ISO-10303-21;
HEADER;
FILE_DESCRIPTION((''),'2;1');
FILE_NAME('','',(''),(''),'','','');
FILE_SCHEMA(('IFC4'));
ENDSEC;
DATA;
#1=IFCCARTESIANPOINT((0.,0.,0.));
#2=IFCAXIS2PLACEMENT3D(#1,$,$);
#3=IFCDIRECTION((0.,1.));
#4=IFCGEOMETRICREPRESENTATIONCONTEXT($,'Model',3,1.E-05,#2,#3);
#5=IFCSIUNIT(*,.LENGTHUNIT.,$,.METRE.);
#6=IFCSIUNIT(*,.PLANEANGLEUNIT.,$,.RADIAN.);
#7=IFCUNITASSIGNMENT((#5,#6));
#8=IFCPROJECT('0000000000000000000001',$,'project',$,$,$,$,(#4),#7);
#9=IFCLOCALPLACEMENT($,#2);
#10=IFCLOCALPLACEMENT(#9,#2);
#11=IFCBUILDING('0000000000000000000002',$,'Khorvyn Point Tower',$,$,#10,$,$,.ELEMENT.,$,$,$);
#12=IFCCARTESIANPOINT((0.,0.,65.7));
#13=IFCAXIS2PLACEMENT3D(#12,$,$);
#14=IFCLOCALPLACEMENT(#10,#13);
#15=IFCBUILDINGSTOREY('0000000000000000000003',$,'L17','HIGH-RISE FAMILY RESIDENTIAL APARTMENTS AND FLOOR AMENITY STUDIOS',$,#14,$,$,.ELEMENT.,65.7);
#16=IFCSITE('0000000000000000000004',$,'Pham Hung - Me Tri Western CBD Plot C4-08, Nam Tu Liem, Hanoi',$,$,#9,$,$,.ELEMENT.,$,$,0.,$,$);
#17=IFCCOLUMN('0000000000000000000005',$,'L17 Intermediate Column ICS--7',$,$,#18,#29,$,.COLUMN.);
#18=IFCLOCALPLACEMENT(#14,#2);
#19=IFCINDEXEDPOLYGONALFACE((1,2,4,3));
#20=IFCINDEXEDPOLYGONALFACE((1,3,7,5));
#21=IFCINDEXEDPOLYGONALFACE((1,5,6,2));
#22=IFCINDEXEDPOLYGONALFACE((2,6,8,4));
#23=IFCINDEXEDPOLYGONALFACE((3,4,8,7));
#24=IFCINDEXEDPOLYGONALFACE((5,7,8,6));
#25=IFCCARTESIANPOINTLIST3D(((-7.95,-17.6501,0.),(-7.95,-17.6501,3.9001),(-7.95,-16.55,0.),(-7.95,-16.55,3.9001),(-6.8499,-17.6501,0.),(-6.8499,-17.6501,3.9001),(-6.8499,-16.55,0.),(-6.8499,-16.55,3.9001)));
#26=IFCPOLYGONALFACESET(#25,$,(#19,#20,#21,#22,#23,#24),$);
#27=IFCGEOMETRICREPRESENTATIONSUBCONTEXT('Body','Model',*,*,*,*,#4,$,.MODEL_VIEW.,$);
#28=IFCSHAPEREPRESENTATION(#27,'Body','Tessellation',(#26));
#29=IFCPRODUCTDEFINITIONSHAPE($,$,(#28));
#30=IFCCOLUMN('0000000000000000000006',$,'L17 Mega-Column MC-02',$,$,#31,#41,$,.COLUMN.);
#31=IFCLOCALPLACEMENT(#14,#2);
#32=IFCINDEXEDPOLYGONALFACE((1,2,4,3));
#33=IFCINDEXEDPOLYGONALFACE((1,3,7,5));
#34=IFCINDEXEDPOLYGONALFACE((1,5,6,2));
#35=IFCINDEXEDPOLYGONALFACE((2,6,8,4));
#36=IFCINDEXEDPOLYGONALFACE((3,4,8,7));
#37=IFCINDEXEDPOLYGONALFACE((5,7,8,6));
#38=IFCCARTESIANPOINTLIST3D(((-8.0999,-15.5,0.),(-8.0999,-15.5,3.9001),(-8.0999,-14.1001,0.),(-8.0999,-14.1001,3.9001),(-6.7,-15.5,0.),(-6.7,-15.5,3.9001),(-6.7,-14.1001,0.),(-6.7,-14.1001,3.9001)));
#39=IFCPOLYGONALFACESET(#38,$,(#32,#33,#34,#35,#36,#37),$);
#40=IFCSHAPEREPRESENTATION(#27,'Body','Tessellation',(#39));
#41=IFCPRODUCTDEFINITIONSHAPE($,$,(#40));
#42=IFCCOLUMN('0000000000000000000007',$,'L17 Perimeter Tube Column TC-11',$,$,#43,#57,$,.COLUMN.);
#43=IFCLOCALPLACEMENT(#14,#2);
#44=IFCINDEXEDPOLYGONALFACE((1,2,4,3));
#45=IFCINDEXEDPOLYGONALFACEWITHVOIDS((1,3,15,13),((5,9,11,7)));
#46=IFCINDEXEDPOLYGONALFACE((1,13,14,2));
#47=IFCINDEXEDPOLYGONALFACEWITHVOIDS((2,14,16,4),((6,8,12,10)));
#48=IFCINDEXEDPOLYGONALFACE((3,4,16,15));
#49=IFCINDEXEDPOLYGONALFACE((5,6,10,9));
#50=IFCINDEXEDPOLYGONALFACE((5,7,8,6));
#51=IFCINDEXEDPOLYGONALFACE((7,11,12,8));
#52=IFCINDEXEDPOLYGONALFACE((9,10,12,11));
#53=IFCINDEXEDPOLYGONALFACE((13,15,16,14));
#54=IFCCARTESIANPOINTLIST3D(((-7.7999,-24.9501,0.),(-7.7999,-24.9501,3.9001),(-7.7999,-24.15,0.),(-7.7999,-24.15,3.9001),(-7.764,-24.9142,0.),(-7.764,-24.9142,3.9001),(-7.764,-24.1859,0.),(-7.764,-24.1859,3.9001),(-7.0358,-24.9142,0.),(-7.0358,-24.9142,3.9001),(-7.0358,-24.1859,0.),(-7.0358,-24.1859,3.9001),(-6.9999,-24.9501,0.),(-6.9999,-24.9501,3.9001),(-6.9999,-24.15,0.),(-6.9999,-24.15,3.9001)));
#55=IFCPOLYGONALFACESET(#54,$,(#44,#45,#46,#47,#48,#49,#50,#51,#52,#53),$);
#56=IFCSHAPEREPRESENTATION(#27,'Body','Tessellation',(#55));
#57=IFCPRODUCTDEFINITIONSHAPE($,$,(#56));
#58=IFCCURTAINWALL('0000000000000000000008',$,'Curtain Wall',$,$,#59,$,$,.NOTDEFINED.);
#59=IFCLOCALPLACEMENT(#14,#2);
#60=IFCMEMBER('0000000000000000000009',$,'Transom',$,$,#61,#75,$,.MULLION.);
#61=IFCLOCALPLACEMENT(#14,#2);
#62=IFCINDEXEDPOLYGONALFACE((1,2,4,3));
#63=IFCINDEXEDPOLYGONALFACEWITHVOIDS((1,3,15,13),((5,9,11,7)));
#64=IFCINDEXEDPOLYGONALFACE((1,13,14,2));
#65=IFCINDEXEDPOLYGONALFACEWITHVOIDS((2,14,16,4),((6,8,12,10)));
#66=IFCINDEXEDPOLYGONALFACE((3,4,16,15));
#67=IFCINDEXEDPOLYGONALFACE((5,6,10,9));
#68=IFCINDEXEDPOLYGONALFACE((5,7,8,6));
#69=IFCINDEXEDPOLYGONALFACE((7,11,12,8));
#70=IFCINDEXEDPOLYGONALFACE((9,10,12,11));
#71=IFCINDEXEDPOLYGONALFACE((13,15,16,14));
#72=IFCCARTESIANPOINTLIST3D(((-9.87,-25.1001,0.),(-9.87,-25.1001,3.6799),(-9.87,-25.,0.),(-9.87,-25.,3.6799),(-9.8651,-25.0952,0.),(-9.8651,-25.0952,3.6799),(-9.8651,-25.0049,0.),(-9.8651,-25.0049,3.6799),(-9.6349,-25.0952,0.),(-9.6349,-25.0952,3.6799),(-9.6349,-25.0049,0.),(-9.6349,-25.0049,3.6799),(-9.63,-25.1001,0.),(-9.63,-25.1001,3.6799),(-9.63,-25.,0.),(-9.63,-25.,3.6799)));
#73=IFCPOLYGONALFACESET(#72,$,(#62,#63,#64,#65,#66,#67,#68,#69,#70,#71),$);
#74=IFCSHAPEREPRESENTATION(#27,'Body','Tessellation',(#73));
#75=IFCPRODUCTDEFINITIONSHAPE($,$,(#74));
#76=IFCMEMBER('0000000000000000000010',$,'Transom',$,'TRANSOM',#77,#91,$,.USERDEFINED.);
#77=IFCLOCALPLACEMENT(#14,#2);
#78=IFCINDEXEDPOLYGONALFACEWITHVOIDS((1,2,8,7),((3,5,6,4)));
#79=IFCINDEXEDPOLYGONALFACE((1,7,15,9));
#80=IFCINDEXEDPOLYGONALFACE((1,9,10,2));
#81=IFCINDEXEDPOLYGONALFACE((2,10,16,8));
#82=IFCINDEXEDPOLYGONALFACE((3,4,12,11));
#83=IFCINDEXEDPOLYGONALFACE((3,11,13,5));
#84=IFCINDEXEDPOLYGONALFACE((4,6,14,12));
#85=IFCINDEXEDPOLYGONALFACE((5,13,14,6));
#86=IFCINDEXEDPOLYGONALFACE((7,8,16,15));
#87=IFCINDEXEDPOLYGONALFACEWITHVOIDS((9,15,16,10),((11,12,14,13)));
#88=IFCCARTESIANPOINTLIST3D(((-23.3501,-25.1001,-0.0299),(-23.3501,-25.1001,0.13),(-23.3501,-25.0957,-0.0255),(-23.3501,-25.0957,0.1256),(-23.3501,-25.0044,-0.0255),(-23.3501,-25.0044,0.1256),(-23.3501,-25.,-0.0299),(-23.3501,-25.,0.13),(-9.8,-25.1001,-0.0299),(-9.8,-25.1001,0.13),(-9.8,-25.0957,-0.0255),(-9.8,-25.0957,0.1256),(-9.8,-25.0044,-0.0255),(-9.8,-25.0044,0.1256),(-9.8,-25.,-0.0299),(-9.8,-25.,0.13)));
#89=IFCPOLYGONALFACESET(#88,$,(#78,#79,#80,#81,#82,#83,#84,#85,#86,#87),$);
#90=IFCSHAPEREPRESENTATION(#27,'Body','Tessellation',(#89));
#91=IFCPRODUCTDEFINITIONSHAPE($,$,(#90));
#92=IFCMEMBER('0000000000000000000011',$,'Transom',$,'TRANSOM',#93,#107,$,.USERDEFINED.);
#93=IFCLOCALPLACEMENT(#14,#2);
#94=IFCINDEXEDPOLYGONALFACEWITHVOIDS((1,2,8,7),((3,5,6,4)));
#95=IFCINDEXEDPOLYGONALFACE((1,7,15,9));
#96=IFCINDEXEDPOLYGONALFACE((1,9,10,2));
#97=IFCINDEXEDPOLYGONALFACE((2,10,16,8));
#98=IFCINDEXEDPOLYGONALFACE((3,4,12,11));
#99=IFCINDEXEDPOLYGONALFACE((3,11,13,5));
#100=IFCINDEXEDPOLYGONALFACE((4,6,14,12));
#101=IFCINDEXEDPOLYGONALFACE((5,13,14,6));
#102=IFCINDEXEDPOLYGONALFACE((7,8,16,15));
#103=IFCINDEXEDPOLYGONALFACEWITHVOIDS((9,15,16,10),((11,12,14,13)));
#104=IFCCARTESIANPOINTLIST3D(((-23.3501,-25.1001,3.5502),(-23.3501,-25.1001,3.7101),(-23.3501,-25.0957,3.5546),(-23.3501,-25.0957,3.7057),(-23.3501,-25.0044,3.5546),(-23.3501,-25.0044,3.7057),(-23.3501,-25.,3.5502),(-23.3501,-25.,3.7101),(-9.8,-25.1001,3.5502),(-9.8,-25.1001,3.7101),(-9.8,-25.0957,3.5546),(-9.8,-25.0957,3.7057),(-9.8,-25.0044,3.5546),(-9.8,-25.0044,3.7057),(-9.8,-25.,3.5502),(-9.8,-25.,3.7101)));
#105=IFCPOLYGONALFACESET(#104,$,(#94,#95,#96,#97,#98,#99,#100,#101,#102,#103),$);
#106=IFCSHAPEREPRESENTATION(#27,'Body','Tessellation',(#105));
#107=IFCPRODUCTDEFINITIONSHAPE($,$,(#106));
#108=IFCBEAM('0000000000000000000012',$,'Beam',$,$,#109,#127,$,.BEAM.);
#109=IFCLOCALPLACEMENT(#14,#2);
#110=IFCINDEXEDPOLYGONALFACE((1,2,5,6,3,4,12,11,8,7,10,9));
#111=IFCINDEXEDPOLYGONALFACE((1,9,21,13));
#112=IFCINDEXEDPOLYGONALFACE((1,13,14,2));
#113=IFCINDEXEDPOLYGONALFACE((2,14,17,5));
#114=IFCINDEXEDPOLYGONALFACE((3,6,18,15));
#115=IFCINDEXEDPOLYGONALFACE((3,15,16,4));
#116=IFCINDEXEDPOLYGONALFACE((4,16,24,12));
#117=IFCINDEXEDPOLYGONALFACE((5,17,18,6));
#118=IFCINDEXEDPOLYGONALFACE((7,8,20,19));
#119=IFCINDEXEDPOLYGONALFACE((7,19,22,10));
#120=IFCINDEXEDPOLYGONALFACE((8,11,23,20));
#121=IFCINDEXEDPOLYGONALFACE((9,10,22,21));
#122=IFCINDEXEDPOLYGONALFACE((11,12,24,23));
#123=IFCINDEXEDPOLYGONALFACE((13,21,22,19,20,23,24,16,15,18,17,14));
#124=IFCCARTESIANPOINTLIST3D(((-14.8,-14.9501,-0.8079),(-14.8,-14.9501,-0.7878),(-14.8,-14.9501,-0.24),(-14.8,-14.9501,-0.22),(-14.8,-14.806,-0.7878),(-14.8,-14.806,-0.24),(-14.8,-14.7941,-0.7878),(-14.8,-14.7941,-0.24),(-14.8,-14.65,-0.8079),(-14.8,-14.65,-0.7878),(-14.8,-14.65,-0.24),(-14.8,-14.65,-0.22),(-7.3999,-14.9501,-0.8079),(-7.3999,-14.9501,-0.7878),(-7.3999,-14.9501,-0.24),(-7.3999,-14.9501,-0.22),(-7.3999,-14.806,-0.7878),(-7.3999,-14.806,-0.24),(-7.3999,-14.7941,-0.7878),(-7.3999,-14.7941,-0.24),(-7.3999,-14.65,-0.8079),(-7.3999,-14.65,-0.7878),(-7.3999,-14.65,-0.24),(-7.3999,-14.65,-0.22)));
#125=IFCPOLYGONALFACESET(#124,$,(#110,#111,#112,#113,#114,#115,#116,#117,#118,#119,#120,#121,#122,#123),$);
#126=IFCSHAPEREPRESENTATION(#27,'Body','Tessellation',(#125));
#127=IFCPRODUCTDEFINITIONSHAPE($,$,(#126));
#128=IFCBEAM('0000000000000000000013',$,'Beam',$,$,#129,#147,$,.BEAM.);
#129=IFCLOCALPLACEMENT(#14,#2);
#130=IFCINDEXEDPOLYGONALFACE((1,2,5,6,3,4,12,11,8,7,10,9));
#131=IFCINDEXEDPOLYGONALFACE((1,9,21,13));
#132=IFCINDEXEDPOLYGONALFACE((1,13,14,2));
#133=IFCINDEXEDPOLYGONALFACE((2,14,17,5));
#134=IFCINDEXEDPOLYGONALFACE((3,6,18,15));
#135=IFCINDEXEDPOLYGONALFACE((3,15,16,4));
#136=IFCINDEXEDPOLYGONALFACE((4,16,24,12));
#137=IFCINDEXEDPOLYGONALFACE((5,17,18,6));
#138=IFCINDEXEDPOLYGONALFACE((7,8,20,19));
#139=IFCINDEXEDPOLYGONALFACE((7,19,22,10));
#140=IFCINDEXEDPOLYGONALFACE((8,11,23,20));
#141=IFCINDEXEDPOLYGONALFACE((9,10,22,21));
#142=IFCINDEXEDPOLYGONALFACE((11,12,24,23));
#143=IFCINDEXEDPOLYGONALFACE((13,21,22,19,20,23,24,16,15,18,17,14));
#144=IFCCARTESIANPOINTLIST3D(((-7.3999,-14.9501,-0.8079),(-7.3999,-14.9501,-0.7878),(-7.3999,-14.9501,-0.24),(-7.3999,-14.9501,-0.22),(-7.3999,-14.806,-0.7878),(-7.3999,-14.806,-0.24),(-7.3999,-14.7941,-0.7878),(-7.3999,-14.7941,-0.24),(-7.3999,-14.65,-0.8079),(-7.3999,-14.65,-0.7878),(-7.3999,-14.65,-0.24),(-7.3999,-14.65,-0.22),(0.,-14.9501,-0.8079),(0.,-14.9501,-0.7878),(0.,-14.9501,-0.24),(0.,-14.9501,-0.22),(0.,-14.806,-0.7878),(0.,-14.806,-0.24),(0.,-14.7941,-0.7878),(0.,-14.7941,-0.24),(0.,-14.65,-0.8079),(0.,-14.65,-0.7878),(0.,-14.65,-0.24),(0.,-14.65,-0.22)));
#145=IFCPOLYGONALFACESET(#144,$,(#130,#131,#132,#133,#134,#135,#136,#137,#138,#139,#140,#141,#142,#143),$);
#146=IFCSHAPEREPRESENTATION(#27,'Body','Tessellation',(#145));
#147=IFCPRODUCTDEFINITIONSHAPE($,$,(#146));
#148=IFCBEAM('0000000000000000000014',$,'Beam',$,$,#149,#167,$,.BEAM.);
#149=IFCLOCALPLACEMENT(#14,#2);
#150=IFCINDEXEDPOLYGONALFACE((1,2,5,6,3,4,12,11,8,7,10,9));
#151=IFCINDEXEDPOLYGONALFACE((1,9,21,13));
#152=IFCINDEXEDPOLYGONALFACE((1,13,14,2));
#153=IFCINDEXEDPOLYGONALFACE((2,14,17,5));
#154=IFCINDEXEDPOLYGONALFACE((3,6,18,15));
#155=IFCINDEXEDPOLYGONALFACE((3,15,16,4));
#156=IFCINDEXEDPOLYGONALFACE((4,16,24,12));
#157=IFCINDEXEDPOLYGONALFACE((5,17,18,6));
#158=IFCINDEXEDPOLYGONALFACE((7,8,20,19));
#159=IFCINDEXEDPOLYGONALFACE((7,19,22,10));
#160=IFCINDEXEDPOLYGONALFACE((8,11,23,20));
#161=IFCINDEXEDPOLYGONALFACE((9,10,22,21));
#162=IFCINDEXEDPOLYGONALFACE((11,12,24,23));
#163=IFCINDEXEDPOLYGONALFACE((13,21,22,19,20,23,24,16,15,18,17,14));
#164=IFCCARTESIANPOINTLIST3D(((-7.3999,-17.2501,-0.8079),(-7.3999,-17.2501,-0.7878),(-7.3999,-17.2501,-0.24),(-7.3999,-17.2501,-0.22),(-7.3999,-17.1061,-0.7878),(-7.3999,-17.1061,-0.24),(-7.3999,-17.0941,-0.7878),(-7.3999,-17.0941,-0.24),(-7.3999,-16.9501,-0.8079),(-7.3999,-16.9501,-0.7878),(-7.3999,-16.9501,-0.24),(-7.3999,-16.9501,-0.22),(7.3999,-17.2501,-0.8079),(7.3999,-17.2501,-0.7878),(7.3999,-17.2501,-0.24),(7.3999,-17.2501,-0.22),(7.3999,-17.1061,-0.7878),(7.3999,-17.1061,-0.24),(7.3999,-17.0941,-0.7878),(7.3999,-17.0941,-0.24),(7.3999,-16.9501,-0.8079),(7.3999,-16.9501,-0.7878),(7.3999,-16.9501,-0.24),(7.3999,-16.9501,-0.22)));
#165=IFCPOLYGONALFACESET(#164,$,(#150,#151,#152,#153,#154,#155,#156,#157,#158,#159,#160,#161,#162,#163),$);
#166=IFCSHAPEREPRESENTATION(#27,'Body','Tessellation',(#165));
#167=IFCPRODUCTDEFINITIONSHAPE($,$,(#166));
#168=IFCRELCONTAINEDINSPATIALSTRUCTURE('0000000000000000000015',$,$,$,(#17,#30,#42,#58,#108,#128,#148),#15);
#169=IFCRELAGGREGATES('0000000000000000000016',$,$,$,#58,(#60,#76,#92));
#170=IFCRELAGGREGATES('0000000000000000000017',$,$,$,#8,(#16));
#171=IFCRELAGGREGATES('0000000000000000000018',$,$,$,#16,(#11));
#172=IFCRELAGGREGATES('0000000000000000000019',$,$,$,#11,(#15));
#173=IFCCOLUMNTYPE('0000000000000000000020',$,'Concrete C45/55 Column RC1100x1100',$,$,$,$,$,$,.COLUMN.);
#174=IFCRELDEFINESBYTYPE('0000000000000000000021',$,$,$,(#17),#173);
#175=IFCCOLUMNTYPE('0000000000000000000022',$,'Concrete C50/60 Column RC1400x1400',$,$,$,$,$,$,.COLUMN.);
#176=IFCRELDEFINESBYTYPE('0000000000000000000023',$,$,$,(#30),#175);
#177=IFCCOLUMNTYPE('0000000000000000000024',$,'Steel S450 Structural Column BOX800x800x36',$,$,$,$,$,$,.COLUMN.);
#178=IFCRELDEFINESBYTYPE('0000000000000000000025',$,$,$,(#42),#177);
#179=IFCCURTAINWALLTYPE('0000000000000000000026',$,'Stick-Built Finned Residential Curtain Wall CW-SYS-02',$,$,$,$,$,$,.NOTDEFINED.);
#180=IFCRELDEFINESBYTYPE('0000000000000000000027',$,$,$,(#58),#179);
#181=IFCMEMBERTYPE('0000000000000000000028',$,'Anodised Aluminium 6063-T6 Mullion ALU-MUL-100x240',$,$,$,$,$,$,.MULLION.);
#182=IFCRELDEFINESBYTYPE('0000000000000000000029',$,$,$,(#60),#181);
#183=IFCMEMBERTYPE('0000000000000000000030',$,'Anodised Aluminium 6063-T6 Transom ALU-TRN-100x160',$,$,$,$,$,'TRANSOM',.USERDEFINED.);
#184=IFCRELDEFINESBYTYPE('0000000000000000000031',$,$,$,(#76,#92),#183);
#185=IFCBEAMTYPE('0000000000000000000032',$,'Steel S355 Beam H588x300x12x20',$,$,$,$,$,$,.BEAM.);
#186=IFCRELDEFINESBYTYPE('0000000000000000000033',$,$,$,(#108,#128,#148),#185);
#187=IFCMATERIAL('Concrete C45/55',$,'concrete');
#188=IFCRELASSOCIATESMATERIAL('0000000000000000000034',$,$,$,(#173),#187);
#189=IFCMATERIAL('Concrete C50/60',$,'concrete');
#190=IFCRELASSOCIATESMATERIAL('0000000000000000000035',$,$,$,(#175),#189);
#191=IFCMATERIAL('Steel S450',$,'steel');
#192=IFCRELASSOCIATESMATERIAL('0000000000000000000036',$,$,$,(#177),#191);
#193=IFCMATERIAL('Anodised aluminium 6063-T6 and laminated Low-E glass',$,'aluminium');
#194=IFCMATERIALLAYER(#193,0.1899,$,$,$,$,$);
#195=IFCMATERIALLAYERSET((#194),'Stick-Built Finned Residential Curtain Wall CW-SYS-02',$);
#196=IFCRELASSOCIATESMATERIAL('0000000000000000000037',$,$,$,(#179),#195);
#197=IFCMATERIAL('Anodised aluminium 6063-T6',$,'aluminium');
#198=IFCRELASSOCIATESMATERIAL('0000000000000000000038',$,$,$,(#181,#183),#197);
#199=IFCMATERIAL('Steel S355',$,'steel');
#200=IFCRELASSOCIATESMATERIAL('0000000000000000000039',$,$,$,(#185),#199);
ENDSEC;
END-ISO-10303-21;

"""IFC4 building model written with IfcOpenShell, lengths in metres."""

from ifc_helpers import new_model, si_unit, direction, frame, origin, origin_2d, place, context, subcontext, project, spatial, rectangle, hollow_rectangle, i_section, extrude, material, layer, layer_set, material_profile, profile_set, type_object, element, aggregate, save


model = new_model("IFC4")

# Units and contexts
model_context = context("Model", 3, precision=1e-05, world=origin(), true_north=direction((0.0, 1.0)))
body_context = subcontext(model_context, "Body", "Model", "MODEL_VIEW")
ifc_project = project(units=[si_unit("LENGTHUNIT", "METRE"), si_unit("PLANEANGLEUNIT", "RADIAN")], contexts=[model_context])

# Site, building, storey
site_placement = place(None, origin())
site = spatial("IfcSite", under=ifc_project, at=site_placement, Name="Pham Hung - Me Tri Western CBD Plot C4-08, Nam Tu Liem, Hanoi", CompositionType="ELEMENT", RefElevation=0.0)
building_placement = place(site_placement, origin())
building = spatial("IfcBuilding", under=site, at=building_placement, Name="Khorvyn Point Tower", CompositionType="ELEMENT")
storey_placement = place(building_placement, frame((0.0, 0.0, 65.7)))
storey = spatial("IfcBuildingStorey", under=building, at=storey_placement, Name="L17", Description="HIGH-RISE FAMILY RESIDENTIAL APARTMENTS AND FLOOR AMENITY STUDIOS", CompositionType="ELEMENT", Elevation=65.7)

# Columns
ifc_material_1 = material(Name="Concrete C45/55", Category="concrete")
ifc_material_profile_1 = material_profile(ifc_material_1, rectangle(XDim=1.1001, YDim=1.1001, at=origin_2d()))
ifc_profile_set_1 = profile_set([ifc_material_profile_1], Name="Concrete C45/55 RC1100x1100")
column_type_1 = type_object("IfcColumnType", Name="Concrete C45/55 Column RC1100x1100", PredefinedType="COLUMN", material=ifc_profile_set_1)
column_1_placement = place(storey_placement, frame((-7.3999, -17.1001, 0.0), z_axis=(0.0, 0.0, 1.0), x_axis=(1.0, 0.0, 0.0)))
element("IfcColumn", 1, at=column_1_placement, inside=storey, type_object=column_type_1, Name="L17 Intermediate Column ICS--7", PredefinedType="COLUMN", context=body_context, shape_type="SweptSolid", body=[
    extrude(rectangle(XDim=1.1001, YDim=1.1001, at=origin_2d()), origin(), (0.0, 0.0, 1.0), 3.9001),
])
ifc_material_2 = material(Name="Concrete C50/60", Category="concrete")
ifc_material_profile_2 = material_profile(ifc_material_2, rectangle(XDim=1.3999, YDim=1.3999, at=origin_2d()))
ifc_profile_set_2 = profile_set([ifc_material_profile_2], Name="Concrete C50/60 RC1400x1400")
column_type_2 = type_object("IfcColumnType", Name="Concrete C50/60 Column RC1400x1400", PredefinedType="COLUMN", material=ifc_profile_set_2)
column_2_placement = place(storey_placement, frame((-7.3999, -14.8, 0.0), z_axis=(0.0, 0.0, 1.0), x_axis=(1.0, 0.0, 0.0)))
element("IfcColumn", 2, at=column_2_placement, inside=storey, type_object=column_type_2, Name="L17 Mega-Column MC-02", PredefinedType="COLUMN", context=body_context, shape_type="SweptSolid", body=[
    extrude(rectangle(XDim=1.3999, YDim=1.3999, at=origin_2d()), origin(), (0.0, 0.0, 1.0), 3.9001),
])
ifc_material_3 = material(Name="Steel S450", Category="steel")
ifc_material_profile_3 = material_profile(ifc_material_3, hollow_rectangle(XDim=0.8, YDim=0.8, WallThickness=0.0359, at=origin_2d()))
ifc_profile_set_3 = profile_set([ifc_material_profile_3], Name="Steel S450 BOX800x800x36")
column_type_3 = type_object("IfcColumnType", Name="Steel S450 Structural Column BOX800x800x36", PredefinedType="COLUMN", material=ifc_profile_set_3)
column_3_placement = place(storey_placement, frame((-7.3999, -24.55, 0.0), z_axis=(0.0, 0.0, 1.0), x_axis=(1.0, 0.0, 0.0)))
element("IfcColumn", 3, at=column_3_placement, inside=storey, type_object=column_type_3, Name="L17 Perimeter Tube Column TC-11", PredefinedType="COLUMN", context=body_context, shape_type="SweptSolid", body=[
    extrude(hollow_rectangle(XDim=0.8, YDim=0.8, WallThickness=0.0359, at=origin_2d()), origin(), (0.0, 0.0, 1.0), 3.9001),
])

# Curtain wall, members
ifc_material_4 = material(Name="Anodised aluminium 6063-T6 and laminated Low-E glass", Category="aluminium")
ifc_layer_1 = layer(ifc_material_4, 0.1899)
ifc_layer_set_1 = layer_set([ifc_layer_1], Name="Stick-Built Finned Residential Curtain Wall CW-SYS-02")
curtain_wall_type = type_object("IfcCurtainWallType", Name="Stick-Built Finned Residential Curtain Wall CW-SYS-02", PredefinedType="NOTDEFINED", material=ifc_layer_set_1)
curtain_wall_placement = place(storey_placement, origin())
curtain_wall = element("IfcCurtainWall", 4, at=curtain_wall_placement, inside=storey, type_object=curtain_wall_type, Name="Curtain Wall", PredefinedType="NOTDEFINED")
ifc_material_5 = material(Name="Anodised aluminium 6063-T6", Category="aluminium")
ifc_material_profile_4 = material_profile(ifc_material_5, hollow_rectangle(XDim=0.1001, YDim=0.24, WallThickness=0.0049, at=origin_2d()))
ifc_profile_set_4 = profile_set([ifc_material_profile_4], Name="Anodised aluminium 6063-T6 ALU-MUL-100x240")
member_type_1 = type_object("IfcMemberType", Name="Anodised Aluminium 6063-T6 Mullion ALU-MUL-100x240", PredefinedType="MULLION", material=ifc_profile_set_4)
member_1_placement = place(storey_placement, frame((-9.75, -25.05, 0.0), z_axis=(0.0, 0.0, 1.0), x_axis=(0.0, -1.0, 0.0)))
member_1 = element("IfcMember", 5, at=member_1_placement, type_object=member_type_1, Name="Transom", PredefinedType="MULLION", context=body_context, shape_type="SweptSolid", body=[
    extrude(hollow_rectangle(XDim=0.1001, YDim=0.24, WallThickness=0.0049, at=origin_2d()), origin(), (0.0, 0.0, 1.0), 3.6799),
])
ifc_material_profile_5 = material_profile(ifc_material_5, hollow_rectangle(XDim=0.1001, YDim=0.1599, WallThickness=0.0044, at=origin_2d()))
ifc_profile_set_5 = profile_set([ifc_material_profile_5], Name="Anodised aluminium 6063-T6 ALU-TRN-100x160")
member_type_2 = type_object("IfcMemberType", Name="Anodised Aluminium 6063-T6 Transom ALU-TRN-100x160", ElementType="TRANSOM", PredefinedType="USERDEFINED", material=ifc_profile_set_5)
member_2_placement = place(storey_placement, frame((-9.8, -25.05, 0.05), z_axis=(-1.0, 0.0, 0.0), x_axis=(0.0, -1.0, 0.0)))
member_2 = element("IfcMember", 6, at=member_2_placement, type_object=member_type_2, Name="Transom", ObjectType="TRANSOM", PredefinedType="USERDEFINED", context=body_context, shape_type="SweptSolid", body=[
    extrude(hollow_rectangle(XDim=0.1001, YDim=0.1599, WallThickness=0.0044, at=origin_2d()), origin(), (0.0, 0.0, 1.0), 13.55),
])
member_3_placement = place(storey_placement, frame((-9.8, -25.05, 3.6301), z_axis=(-1.0, 0.0, 0.0), x_axis=(0.0, -1.0, 0.0)))
member_3 = element("IfcMember", 7, at=member_3_placement, type_object=member_type_2, Name="Transom", ObjectType="TRANSOM", PredefinedType="USERDEFINED", context=body_context, shape_type="SweptSolid", body=[
    extrude(hollow_rectangle(XDim=0.1001, YDim=0.1599, WallThickness=0.0044, at=origin_2d()), origin(), (0.0, 0.0, 1.0), 13.55),
])

# Beams
ifc_material_6 = material(Name="Steel S355", Category="steel")
ifc_material_profile_6 = material_profile(ifc_material_6, i_section(OverallWidth=0.3, OverallDepth=0.5879, WebThickness=0.012, FlangeThickness=0.02, at=origin_2d()))
ifc_profile_set_6 = profile_set([ifc_material_profile_6], Name="Steel S355 H588x300x12x20")
beam_type_1 = type_object("IfcBeamType", Name="Steel S355 Beam H588x300x12x20", PredefinedType="BEAM", material=ifc_profile_set_6)
beam_1_placement = place(storey_placement, frame((-14.8, -14.8, -0.5139), z_axis=(1.0, 0.0, 0.0), x_axis=(0.0, 1.0, 0.0)))
element("IfcBeam", 8, at=beam_1_placement, inside=storey, type_object=beam_type_1, Name="Beam", PredefinedType="BEAM", context=body_context, shape_type="SweptSolid", body=[
    extrude(i_section(OverallWidth=0.3, OverallDepth=0.5879, WebThickness=0.012, FlangeThickness=0.02, at=origin_2d()), origin(), (0.0, 0.0, 1.0), 7.4001),
])
beam_2_placement = place(storey_placement, frame((-7.3999, -14.8, -0.5139), z_axis=(1.0, 0.0, 0.0), x_axis=(0.0, 1.0, 0.0)))
element("IfcBeam", 9, at=beam_2_placement, inside=storey, type_object=beam_type_1, Name="Beam", PredefinedType="BEAM", context=body_context, shape_type="SweptSolid", body=[
    extrude(i_section(OverallWidth=0.3, OverallDepth=0.5879, WebThickness=0.012, FlangeThickness=0.02, at=origin_2d()), origin(), (0.0, 0.0, 1.0), 7.3999),
])
beam_3_placement = place(storey_placement, frame((-7.3999, -17.1001, -0.5139), z_axis=(1.0, 0.0, 0.0), x_axis=(0.0, 1.0, 0.0)))
element("IfcBeam", 10, at=beam_3_placement, inside=storey, type_object=beam_type_1, Name="Beam", PredefinedType="BEAM", context=body_context, shape_type="SweptSolid", body=[
    extrude(i_section(OverallWidth=0.3, OverallDepth=0.5879, WebThickness=0.012, FlangeThickness=0.02, at=origin_2d()), origin(), (0.0, 0.0, 1.0), 14.7998),
])

aggregate(curtain_wall, [member_1, member_2, member_3])

save(model, "model.ifc")
